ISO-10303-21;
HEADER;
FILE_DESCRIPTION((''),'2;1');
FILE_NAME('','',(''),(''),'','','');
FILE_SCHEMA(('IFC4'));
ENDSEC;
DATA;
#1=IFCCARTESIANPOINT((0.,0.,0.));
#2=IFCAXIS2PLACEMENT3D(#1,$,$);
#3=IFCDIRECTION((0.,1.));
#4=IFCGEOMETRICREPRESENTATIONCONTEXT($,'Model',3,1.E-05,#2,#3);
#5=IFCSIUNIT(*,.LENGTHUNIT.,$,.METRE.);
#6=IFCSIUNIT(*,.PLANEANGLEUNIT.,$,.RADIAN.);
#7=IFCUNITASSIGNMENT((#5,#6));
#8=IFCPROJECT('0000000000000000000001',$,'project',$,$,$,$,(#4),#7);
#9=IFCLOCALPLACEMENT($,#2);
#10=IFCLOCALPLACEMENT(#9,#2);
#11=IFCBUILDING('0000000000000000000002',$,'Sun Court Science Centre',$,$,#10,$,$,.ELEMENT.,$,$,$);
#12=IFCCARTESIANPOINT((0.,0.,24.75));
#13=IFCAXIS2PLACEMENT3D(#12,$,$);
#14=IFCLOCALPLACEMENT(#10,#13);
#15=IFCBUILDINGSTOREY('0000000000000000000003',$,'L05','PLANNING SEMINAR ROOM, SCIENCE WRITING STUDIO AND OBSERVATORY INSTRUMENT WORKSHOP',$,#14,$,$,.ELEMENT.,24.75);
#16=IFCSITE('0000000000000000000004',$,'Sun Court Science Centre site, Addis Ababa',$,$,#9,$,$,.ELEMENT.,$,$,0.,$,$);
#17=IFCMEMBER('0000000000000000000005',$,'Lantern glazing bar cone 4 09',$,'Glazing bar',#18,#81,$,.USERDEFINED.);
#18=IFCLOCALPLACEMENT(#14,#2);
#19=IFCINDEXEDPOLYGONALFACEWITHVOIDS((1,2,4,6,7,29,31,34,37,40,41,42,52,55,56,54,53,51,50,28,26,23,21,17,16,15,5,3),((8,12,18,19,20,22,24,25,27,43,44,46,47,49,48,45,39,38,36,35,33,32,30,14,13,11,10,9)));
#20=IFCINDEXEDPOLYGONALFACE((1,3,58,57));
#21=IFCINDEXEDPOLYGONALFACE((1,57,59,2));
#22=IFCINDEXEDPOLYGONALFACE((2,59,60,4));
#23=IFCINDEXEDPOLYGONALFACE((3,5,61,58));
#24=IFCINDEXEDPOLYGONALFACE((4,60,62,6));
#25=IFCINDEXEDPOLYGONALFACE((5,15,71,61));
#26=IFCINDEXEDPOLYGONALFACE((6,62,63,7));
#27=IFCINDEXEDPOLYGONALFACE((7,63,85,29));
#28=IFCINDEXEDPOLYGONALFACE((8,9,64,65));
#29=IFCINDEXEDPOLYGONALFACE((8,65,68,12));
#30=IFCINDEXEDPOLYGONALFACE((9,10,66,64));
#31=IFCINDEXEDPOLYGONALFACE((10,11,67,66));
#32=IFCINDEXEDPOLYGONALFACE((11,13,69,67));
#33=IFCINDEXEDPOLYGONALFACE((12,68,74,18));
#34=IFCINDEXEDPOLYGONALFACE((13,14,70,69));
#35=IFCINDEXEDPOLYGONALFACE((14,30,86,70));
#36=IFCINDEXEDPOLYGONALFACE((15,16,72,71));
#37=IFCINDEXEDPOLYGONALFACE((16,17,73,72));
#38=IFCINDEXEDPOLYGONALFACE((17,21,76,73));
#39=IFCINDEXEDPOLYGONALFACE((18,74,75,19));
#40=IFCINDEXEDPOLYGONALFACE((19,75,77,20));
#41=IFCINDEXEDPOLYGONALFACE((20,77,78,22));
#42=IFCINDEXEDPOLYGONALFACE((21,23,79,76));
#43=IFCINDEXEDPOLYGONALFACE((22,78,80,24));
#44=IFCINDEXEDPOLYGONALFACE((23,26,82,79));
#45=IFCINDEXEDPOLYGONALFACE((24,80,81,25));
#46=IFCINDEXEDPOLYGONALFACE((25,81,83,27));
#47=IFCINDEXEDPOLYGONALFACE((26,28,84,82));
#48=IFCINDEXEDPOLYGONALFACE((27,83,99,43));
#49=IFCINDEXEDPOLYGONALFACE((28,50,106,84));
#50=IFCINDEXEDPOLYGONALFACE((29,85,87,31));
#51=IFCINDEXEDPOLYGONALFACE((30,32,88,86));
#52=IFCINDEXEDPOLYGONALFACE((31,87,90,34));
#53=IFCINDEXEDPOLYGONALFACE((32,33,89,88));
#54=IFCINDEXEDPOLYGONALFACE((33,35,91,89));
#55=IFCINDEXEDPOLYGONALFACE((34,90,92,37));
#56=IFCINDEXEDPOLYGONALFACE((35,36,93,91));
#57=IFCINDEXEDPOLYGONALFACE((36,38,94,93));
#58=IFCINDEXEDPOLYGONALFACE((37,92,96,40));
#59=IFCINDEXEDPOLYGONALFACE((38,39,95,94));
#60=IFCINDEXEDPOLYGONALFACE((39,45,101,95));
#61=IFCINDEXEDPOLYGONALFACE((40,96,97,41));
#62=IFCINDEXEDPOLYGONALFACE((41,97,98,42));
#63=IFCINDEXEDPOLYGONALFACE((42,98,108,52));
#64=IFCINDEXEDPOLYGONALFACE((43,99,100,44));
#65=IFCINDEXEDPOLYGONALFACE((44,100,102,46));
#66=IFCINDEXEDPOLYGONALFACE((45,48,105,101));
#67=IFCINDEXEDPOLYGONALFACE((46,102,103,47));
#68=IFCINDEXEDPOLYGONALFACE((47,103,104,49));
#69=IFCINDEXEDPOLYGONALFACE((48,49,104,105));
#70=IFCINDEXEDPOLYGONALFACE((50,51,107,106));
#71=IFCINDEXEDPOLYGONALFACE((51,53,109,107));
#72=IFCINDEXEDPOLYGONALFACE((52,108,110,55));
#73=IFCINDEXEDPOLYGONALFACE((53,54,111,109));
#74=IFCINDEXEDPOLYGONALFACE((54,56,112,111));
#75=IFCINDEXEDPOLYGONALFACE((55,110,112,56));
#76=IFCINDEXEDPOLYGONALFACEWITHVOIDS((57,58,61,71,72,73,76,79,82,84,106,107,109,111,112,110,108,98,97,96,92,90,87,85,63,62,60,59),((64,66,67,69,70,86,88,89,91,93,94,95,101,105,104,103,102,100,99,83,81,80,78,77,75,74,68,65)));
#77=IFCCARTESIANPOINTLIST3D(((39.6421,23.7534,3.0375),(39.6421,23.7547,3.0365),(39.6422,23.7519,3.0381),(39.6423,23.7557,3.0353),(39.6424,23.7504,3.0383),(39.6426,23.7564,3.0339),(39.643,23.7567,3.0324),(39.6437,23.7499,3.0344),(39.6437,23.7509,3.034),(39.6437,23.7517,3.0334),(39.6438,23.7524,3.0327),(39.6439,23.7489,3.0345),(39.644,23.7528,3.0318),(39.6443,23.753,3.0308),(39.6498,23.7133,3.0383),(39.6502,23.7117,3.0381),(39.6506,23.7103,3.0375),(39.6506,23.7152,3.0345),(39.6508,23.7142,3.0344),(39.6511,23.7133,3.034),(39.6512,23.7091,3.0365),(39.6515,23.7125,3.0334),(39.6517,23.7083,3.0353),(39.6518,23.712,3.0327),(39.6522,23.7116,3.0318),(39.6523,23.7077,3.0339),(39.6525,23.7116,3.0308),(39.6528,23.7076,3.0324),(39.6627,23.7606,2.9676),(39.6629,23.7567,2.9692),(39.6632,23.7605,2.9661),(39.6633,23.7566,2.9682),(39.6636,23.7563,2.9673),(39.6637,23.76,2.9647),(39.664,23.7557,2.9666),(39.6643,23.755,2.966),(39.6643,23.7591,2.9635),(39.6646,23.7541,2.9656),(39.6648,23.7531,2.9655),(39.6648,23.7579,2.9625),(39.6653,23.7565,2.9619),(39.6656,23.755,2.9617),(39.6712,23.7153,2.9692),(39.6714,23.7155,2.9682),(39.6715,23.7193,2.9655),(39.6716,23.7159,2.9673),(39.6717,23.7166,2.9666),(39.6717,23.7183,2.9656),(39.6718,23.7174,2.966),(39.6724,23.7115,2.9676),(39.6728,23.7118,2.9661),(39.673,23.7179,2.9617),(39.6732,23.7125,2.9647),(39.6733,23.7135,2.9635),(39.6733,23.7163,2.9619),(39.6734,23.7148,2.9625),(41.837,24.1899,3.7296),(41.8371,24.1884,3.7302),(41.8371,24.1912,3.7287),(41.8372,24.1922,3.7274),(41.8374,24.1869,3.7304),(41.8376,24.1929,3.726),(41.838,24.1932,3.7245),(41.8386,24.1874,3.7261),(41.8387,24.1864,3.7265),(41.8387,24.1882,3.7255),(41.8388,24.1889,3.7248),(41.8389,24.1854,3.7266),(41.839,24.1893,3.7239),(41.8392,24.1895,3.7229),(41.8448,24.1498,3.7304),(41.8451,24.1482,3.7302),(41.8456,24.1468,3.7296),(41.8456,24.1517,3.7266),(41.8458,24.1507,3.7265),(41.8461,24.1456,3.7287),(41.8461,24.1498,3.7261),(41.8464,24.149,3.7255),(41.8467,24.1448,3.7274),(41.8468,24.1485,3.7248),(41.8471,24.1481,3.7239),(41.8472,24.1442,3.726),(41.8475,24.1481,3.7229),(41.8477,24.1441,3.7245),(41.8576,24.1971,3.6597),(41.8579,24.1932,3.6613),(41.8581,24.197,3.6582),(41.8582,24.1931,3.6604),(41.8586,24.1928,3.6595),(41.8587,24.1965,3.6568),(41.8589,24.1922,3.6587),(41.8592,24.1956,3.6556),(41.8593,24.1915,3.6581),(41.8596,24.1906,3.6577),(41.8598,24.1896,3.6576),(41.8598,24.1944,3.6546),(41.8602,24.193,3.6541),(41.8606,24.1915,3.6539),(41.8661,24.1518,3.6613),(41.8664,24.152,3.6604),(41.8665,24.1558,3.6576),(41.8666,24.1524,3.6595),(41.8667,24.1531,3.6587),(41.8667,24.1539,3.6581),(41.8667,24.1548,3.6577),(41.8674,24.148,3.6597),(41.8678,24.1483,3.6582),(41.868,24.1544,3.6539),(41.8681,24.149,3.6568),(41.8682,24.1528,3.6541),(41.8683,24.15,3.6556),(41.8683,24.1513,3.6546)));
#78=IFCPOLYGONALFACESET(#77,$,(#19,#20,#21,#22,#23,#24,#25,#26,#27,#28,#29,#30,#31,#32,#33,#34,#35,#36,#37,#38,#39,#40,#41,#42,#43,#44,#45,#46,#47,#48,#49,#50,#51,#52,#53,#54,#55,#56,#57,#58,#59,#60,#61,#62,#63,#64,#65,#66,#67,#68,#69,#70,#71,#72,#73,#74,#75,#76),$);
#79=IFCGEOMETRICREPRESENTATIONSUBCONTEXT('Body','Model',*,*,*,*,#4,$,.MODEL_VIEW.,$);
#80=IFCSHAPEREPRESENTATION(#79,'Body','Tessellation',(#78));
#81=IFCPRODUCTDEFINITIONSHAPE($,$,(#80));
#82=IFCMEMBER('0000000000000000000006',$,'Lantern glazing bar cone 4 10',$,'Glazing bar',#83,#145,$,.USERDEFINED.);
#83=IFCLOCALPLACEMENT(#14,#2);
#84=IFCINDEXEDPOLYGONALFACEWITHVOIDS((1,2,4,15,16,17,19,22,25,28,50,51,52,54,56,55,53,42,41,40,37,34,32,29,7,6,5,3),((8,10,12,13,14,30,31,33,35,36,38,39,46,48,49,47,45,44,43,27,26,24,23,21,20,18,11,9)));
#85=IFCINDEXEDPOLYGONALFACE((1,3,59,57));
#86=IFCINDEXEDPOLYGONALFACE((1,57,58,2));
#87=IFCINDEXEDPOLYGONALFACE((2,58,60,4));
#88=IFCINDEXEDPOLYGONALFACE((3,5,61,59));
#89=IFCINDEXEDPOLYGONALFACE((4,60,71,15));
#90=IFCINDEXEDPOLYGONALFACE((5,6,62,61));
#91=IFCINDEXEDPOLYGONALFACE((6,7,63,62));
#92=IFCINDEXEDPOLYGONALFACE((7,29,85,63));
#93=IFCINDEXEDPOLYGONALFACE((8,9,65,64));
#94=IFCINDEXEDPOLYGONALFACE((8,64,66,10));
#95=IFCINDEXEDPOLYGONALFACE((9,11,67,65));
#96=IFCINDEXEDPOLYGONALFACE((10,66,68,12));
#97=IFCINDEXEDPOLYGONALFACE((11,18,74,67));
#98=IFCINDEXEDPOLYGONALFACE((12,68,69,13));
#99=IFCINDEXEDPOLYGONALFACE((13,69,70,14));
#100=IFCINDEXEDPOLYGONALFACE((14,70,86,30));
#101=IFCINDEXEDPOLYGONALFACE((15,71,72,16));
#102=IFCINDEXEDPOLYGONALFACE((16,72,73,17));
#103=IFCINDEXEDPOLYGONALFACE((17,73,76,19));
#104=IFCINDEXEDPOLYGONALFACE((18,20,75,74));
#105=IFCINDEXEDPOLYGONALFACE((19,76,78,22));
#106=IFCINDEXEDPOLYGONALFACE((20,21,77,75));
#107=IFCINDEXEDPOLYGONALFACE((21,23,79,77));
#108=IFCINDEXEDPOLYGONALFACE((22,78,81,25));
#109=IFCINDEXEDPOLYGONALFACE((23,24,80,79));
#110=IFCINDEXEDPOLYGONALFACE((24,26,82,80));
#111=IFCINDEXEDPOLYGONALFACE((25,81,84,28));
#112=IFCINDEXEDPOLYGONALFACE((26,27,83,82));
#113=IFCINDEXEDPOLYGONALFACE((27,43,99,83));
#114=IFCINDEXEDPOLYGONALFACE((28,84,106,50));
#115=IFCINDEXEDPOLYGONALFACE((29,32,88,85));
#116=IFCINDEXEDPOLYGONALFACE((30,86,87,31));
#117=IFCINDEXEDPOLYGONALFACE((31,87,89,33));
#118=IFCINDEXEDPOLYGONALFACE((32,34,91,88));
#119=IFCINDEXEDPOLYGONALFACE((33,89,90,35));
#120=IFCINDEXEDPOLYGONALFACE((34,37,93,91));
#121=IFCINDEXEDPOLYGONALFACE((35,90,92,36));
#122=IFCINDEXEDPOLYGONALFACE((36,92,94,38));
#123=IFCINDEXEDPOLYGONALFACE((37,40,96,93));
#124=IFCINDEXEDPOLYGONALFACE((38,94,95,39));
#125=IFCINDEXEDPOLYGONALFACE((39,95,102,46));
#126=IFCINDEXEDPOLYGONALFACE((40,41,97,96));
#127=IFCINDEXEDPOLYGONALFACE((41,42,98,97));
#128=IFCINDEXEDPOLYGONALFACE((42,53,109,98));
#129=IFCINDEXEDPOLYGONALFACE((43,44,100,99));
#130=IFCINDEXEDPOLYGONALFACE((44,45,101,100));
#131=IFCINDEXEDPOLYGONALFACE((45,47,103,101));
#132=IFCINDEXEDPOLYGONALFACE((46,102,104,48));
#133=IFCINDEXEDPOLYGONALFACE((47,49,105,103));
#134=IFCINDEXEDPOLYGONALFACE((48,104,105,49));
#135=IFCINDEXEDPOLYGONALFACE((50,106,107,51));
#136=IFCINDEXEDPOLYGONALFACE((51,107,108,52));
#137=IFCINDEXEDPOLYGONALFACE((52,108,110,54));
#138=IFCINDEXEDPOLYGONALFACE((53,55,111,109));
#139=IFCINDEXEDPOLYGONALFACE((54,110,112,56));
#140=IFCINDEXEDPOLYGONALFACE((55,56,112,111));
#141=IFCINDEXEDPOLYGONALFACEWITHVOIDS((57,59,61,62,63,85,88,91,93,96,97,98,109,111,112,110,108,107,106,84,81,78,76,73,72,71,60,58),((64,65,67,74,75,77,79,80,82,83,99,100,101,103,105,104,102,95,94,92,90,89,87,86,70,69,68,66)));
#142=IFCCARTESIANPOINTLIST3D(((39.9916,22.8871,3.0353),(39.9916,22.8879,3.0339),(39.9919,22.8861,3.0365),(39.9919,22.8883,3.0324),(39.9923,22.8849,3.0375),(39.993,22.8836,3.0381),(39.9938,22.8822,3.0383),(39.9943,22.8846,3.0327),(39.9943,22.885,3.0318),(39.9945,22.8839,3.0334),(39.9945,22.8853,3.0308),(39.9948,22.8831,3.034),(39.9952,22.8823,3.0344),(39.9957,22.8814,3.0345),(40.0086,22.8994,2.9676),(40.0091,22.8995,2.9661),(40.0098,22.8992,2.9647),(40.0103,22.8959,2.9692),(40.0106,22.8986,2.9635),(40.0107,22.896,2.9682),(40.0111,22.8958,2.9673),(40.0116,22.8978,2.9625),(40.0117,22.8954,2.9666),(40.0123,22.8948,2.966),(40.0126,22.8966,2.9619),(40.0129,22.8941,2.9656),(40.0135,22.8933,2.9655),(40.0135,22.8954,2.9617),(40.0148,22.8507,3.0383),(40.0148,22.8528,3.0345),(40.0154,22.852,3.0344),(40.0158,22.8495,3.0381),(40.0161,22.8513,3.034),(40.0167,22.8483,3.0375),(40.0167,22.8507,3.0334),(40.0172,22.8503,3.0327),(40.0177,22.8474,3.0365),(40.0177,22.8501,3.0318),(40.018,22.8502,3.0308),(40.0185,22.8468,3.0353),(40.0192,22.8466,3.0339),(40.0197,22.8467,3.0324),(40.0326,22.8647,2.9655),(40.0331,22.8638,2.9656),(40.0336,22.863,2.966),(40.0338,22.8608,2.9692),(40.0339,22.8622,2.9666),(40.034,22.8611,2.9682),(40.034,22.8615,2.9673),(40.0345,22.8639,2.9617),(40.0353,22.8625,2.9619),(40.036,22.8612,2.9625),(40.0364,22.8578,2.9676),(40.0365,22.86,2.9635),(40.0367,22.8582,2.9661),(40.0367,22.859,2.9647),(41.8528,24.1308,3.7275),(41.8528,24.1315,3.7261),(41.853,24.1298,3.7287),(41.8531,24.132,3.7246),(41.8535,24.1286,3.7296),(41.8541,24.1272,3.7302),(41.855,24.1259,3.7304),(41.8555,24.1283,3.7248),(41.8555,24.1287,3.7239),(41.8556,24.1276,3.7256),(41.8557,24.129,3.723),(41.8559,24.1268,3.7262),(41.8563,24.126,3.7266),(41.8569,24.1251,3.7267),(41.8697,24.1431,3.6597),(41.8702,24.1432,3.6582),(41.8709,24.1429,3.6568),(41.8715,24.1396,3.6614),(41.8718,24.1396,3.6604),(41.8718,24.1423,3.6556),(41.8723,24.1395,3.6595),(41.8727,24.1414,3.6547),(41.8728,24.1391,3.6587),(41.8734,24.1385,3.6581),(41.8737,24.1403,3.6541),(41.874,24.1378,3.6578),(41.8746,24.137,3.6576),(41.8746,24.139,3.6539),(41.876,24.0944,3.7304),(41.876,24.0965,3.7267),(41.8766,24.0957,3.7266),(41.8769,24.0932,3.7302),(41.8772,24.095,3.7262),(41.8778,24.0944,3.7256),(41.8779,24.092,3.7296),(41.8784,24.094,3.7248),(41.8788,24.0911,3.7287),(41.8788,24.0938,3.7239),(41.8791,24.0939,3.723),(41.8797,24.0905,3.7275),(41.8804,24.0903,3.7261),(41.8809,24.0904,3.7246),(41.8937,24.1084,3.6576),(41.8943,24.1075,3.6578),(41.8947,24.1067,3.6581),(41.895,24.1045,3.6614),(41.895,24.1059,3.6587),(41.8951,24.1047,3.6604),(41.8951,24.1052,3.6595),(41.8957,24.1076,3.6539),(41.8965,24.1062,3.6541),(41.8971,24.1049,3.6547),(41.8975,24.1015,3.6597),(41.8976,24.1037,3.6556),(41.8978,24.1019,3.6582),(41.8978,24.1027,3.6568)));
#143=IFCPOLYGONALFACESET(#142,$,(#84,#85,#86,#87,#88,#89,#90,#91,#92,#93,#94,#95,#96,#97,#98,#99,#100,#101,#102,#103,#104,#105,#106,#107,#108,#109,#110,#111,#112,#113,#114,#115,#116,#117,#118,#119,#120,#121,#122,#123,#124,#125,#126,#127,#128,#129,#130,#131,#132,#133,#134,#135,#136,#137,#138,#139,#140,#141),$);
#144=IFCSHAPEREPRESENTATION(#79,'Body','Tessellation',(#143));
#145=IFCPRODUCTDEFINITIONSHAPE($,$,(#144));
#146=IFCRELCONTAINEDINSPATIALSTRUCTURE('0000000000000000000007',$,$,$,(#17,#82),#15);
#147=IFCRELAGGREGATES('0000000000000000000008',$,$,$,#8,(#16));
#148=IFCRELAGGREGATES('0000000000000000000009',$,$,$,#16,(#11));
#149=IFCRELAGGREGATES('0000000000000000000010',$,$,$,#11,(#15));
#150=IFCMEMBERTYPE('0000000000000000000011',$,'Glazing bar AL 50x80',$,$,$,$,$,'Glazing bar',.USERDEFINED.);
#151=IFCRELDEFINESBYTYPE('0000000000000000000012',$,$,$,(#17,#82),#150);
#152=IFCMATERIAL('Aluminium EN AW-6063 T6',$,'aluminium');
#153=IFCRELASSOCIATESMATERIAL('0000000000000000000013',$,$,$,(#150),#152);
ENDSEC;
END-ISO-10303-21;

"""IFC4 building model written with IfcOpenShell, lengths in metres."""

from ifc_helpers import new_model, si_unit, direction, frame, origin, origin_2d, place, context, subcontext, project, spatial, hollow_rectangle, extrude, material, material_profile, profile_set, type_object, element, save


model = new_model("IFC4")

# Units and contexts
model_context = context("Model", 3, precision=1e-05, world=origin(), true_north=direction((0.0, 1.0)))
body_context = subcontext(model_context, "Body", "Model", "MODEL_VIEW")
ifc_project = project(units=[si_unit("LENGTHUNIT", "METRE"), si_unit("PLANEANGLEUNIT", "RADIAN")], contexts=[model_context])

# Site, building, storey
site_placement = place(None, origin())
site = spatial("IfcSite", under=ifc_project, at=site_placement, Name="Sun Court Science Centre site, Addis Ababa", CompositionType="ELEMENT", RefElevation=0.0)
building_placement = place(site_placement, origin())
building = spatial("IfcBuilding", under=site, at=building_placement, Name="Sun Court Science Centre", CompositionType="ELEMENT")
storey_placement = place(building_placement, frame((0.0, 0.0, 24.75)))
storey = spatial("IfcBuildingStorey", under=building, at=storey_placement, Name="L05", Description="PLANNING SEMINAR ROOM, SCIENCE WRITING STUDIO AND OBSERVATORY INSTRUMENT WORKSHOP", CompositionType="ELEMENT", Elevation=24.75)

# Members
ifc_material_1 = material(Name="Aluminium EN AW-6063 T6", Category="aluminium")
ifc_material_profile_1 = material_profile(ifc_material_1, hollow_rectangle(XDim=0.05, YDim=0.0801, WallThickness=0.0039, InnerFilletRadius=0.0039, OuterFilletRadius=0.0061, at=origin_2d()), Name="AL 50x80x4")
ifc_profile_set_1 = profile_set([ifc_material_profile_1], Name="Aluminium EN AW-6063 T6")
member_type_1 = type_object("IfcMemberType", Name="Glazing bar AL 50x80", ElementType="Glazing bar", PredefinedType="USERDEFINED", material=ifc_profile_set_1)
member_1_placement = place(storey_placement, frame((39.6577, 23.7341, 3.0), z_axis=(0.937009, 0.186339, 0.295453), x_axis=(-0.195046, 0.980794, 0.0)))
element("IfcMember", 1, at=member_1_placement, inside=storey, type_object=member_type_1, Name="Lantern glazing bar cone 4 09", ObjectType="Glazing bar", PredefinedType="USERDEFINED", context=body_context, shape_type="SweptSolid", body=[
    extrude(hollow_rectangle(XDim=0.05, YDim=0.0801, WallThickness=0.0039, InnerFilletRadius=0.0039, OuterFilletRadius=0.0061, at=origin_2d()), origin(), (0.0, 0.0, 1.0), 2.3425),
])
member_2_placement = place(storey_placement, frame((40.0142, 22.873, 3.0), z_axis=(0.794338, 0.530809, 0.295415), x_axis=(-0.555606, 0.831446, 0.0)))
element("IfcMember", 2, at=member_2_placement, inside=storey, type_object=member_type_1, Name="Lantern glazing bar cone 4 10", ObjectType="Glazing bar", PredefinedType="USERDEFINED", context=body_context, shape_type="SweptSolid", body=[
    extrude(hollow_rectangle(XDim=0.05, YDim=0.0801, WallThickness=0.0039, InnerFilletRadius=0.0039, OuterFilletRadius=0.0061, at=origin_2d()), origin(), (0.0, 0.0, 1.0), 2.343),
])

save(model, "model.ifc")
